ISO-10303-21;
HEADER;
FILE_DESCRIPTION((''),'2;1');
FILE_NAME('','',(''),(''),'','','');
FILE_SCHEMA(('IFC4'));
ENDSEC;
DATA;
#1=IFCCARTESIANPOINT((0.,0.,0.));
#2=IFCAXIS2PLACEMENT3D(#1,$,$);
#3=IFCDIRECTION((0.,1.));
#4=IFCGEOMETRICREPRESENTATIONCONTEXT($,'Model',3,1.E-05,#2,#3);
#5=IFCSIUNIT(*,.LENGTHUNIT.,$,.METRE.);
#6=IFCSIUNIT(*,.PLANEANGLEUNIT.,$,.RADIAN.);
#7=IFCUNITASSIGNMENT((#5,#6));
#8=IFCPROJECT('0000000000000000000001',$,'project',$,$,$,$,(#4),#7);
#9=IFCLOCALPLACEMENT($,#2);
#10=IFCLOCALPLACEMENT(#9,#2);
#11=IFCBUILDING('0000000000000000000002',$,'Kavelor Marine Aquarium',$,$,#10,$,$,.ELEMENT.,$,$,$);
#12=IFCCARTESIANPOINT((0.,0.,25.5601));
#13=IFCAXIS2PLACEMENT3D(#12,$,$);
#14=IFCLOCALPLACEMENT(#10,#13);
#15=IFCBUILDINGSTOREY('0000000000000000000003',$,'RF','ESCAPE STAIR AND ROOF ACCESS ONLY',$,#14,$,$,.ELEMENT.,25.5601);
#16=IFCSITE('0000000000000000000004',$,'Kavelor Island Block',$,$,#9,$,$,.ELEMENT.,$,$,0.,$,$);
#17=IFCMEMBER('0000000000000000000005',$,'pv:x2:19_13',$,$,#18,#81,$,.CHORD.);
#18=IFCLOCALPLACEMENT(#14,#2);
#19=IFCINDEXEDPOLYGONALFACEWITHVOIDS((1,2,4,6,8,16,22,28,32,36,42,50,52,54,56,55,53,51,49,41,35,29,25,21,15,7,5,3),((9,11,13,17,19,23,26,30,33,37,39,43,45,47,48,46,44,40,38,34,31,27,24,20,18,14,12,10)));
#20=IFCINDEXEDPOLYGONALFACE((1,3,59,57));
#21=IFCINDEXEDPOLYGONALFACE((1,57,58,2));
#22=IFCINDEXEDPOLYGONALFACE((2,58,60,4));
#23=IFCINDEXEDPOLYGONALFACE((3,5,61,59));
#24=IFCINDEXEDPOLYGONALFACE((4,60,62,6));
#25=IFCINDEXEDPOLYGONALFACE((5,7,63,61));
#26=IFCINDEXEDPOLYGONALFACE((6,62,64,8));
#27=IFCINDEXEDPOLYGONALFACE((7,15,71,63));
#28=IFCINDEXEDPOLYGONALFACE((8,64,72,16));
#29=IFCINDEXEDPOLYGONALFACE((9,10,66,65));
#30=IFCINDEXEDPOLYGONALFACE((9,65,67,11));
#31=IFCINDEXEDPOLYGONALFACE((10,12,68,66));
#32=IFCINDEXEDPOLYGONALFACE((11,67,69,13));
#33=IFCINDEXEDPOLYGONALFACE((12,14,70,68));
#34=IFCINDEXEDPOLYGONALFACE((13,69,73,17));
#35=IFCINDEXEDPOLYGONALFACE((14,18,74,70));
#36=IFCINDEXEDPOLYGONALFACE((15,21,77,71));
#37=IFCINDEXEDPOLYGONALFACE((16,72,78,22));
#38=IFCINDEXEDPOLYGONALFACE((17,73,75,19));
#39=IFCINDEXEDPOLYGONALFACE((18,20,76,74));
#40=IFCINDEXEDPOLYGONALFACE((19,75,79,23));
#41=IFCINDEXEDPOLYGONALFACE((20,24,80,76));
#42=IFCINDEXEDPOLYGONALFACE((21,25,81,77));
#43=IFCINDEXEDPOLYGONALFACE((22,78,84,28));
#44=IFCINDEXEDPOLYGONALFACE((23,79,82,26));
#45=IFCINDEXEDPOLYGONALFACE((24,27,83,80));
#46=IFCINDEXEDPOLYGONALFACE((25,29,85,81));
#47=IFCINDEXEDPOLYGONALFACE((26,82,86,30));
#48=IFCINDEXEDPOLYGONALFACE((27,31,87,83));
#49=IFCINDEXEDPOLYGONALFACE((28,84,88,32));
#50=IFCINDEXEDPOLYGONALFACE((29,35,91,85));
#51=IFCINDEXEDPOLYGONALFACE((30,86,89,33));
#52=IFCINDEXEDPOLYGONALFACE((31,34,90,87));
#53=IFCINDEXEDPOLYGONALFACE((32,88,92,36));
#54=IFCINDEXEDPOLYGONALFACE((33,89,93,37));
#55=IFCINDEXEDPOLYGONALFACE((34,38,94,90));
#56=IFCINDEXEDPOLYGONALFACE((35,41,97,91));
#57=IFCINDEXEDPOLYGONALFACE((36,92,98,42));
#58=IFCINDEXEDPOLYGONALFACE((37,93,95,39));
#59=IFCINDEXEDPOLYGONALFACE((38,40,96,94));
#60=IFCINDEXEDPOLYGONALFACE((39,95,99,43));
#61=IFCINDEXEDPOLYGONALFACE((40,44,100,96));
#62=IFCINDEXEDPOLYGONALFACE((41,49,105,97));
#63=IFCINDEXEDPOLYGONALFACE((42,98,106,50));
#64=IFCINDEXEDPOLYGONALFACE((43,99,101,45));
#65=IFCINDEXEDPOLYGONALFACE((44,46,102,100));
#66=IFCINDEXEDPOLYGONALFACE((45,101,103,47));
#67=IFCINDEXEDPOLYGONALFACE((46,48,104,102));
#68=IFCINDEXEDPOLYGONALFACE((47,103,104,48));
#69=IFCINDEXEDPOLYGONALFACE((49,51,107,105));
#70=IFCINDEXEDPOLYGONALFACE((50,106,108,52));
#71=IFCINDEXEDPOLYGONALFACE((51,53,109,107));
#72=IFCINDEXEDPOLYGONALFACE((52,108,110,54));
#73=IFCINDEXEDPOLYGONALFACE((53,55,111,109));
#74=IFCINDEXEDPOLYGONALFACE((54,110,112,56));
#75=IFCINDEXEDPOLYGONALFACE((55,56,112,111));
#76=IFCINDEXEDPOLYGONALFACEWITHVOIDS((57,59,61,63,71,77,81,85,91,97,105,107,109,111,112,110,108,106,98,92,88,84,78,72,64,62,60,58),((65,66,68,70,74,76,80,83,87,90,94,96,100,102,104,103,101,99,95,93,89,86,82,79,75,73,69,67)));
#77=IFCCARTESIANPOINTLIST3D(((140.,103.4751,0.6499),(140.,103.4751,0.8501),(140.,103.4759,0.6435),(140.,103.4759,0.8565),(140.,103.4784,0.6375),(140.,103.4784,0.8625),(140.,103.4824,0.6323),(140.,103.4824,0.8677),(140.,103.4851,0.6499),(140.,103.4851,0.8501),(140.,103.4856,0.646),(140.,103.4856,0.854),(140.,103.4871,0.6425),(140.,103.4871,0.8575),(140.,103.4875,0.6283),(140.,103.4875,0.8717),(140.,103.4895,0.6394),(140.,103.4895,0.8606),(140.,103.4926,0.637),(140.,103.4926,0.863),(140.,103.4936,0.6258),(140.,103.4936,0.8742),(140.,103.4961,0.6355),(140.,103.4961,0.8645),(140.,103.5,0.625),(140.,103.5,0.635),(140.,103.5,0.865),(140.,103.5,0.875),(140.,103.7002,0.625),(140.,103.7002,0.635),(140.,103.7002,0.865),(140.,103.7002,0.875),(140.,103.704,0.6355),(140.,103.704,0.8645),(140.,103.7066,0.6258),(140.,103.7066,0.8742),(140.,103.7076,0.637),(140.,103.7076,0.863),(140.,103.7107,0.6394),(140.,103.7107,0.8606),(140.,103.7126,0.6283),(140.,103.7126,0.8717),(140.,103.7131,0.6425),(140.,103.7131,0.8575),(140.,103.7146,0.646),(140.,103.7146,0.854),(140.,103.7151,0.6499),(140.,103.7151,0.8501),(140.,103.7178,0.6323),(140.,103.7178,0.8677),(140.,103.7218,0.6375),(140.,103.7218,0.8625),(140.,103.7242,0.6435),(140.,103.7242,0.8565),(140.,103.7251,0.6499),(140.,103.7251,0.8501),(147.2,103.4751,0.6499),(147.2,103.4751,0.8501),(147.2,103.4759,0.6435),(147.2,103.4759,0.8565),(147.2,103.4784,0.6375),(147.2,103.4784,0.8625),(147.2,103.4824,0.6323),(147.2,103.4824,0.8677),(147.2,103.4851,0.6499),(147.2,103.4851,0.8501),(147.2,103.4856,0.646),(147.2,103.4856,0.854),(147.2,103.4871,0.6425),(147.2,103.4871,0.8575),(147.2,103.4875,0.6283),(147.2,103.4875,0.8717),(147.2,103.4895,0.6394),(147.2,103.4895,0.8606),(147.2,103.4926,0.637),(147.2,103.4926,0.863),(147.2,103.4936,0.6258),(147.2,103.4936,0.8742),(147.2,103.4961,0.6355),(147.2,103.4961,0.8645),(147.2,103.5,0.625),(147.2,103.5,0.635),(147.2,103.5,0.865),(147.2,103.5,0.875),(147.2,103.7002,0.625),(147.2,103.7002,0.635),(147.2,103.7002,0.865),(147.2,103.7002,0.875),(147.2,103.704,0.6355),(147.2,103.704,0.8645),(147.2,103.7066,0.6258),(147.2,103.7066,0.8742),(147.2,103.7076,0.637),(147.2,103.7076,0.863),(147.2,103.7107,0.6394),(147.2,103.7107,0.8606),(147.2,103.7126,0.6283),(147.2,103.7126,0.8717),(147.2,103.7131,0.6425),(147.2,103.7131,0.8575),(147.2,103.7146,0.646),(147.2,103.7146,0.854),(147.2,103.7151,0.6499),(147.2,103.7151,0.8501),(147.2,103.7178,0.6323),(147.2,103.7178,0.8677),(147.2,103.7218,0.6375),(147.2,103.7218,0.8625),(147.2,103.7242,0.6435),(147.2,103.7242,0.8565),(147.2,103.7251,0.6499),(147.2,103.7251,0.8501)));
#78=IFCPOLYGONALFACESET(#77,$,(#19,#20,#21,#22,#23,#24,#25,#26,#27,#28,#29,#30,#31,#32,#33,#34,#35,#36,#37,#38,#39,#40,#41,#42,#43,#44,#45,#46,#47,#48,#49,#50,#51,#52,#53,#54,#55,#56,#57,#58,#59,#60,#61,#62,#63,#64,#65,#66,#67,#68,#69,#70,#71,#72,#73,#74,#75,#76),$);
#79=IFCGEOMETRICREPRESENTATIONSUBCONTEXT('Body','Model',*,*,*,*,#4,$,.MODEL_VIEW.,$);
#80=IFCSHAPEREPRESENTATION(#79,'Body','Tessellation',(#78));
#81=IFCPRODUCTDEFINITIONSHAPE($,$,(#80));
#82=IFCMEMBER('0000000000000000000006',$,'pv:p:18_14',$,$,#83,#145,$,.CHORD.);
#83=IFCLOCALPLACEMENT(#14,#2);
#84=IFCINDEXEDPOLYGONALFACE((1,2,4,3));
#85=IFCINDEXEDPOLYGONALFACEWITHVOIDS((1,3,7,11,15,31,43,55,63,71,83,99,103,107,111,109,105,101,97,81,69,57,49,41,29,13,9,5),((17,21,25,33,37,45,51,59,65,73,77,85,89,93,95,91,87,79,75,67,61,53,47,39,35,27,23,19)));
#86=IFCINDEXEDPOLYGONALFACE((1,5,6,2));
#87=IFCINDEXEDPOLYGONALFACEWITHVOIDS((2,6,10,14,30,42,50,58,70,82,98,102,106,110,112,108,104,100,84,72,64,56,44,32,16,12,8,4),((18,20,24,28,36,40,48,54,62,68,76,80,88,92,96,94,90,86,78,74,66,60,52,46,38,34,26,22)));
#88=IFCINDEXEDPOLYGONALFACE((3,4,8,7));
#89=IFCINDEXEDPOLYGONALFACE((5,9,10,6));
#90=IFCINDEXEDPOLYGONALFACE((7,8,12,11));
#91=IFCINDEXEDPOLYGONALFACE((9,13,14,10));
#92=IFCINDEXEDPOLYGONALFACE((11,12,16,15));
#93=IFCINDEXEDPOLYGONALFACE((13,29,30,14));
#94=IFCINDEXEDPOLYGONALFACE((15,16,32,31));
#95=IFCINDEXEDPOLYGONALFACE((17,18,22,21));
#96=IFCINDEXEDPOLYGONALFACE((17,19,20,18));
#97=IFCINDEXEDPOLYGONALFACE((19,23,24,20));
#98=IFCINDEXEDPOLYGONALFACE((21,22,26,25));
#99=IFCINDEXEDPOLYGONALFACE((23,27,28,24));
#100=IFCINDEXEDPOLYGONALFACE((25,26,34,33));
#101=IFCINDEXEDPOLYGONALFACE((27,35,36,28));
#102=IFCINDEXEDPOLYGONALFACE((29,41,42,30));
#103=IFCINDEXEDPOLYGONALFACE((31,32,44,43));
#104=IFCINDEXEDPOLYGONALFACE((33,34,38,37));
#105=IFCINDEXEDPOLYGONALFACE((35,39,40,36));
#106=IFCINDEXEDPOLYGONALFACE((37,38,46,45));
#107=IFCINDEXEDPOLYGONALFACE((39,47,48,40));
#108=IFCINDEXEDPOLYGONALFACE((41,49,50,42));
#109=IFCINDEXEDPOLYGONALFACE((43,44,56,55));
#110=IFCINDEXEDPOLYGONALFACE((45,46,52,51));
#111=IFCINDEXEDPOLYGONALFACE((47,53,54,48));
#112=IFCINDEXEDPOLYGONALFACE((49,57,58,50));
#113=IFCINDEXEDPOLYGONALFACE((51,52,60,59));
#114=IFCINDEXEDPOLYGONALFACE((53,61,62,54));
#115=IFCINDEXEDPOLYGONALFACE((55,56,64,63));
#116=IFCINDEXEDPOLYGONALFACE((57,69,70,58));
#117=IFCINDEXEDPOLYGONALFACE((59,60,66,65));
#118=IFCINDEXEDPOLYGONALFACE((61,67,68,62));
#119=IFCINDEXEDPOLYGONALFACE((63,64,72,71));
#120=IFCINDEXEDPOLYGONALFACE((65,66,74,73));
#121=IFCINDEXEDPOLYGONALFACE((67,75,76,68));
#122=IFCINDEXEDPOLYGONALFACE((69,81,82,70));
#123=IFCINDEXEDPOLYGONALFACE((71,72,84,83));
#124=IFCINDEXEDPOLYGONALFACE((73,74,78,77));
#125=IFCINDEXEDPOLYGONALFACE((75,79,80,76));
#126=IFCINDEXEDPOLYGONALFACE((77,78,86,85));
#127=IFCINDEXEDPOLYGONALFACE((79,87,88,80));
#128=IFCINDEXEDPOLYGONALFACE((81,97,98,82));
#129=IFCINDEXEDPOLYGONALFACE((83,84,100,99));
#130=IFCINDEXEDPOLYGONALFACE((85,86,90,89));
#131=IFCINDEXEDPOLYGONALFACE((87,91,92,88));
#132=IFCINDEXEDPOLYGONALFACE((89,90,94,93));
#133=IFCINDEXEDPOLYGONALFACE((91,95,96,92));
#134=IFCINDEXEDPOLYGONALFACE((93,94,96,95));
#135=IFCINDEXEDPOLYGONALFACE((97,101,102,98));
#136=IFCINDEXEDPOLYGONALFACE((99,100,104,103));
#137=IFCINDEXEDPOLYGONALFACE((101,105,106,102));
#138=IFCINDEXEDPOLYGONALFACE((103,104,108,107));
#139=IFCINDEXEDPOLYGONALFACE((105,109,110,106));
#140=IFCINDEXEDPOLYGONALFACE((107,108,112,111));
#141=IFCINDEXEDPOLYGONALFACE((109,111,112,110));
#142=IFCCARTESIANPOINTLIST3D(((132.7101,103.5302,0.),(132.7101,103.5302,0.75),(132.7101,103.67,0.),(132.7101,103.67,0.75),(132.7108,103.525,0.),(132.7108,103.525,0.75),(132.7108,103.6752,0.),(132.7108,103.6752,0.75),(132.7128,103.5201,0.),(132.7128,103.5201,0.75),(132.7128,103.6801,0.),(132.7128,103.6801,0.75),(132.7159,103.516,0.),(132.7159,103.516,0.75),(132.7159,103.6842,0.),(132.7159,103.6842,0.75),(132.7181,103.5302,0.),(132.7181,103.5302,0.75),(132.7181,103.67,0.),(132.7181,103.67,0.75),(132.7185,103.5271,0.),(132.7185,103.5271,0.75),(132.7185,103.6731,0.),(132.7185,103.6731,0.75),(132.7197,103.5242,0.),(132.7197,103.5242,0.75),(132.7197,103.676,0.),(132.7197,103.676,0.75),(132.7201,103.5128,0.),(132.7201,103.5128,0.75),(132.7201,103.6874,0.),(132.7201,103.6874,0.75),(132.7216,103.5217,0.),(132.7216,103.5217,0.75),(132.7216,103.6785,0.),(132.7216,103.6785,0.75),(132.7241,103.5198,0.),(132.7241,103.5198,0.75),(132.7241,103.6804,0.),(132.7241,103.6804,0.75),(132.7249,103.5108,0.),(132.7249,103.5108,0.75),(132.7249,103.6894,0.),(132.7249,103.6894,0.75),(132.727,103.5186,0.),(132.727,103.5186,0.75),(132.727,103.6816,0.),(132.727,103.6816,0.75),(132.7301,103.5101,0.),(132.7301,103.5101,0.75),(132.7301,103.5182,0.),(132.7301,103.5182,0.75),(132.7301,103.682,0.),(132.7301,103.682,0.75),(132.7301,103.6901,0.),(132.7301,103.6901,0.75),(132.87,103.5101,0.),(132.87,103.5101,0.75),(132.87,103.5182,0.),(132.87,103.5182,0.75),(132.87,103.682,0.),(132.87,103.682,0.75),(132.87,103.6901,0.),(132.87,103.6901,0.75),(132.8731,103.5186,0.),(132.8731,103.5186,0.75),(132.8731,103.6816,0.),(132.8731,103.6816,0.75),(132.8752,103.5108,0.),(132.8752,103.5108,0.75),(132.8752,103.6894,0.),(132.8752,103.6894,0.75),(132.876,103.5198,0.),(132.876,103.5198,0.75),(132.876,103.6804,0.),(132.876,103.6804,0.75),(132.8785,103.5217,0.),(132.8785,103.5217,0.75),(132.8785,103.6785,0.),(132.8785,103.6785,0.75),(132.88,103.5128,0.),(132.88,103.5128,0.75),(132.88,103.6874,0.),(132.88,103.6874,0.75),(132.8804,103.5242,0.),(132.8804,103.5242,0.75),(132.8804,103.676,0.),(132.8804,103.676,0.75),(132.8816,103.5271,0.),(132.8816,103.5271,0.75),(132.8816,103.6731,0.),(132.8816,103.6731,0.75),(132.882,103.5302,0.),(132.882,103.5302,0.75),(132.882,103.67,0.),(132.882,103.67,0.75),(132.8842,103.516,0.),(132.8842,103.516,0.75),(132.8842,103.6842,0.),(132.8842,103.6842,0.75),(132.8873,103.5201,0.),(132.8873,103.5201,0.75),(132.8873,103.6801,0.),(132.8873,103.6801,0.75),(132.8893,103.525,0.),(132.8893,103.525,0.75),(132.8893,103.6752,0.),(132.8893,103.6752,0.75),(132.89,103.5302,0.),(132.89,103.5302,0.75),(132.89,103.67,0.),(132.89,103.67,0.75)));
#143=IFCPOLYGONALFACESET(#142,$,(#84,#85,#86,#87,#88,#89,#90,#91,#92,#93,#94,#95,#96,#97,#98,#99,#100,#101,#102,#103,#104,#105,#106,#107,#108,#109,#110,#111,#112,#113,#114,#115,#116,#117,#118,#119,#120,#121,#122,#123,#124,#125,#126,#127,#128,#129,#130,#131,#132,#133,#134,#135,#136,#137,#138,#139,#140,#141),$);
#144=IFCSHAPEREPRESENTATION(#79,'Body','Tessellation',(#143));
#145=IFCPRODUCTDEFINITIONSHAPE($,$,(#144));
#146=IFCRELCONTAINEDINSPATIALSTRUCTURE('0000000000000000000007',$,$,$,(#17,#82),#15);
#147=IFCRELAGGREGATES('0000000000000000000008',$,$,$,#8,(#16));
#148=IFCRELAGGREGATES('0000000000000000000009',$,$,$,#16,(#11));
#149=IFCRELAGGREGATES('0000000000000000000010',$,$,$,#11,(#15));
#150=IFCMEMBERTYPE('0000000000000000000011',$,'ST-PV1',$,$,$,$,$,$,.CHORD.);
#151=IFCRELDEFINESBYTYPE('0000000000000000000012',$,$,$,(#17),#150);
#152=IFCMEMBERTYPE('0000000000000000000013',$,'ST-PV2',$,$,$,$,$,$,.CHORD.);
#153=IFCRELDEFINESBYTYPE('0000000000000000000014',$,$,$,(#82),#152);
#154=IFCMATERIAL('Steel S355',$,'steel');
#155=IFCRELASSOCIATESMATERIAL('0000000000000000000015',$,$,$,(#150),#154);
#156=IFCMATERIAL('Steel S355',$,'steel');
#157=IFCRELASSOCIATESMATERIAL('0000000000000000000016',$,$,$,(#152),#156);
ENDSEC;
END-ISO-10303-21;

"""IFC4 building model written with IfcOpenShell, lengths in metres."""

from ifc_helpers import new_model, si_unit, direction, frame, origin, origin_2d, place, context, subcontext, project, spatial, hollow_rectangle, extrude, material, material_profile, profile_set, type_object, element, save


model = new_model("IFC4")

# Units and contexts
model_context = context("Model", 3, precision=1e-05, world=origin(), true_north=direction((0.0, 1.0)))
body_context = subcontext(model_context, "Body", "Model", "MODEL_VIEW")
ifc_project = project(units=[si_unit("LENGTHUNIT", "METRE"), si_unit("PLANEANGLEUNIT", "RADIAN")], contexts=[model_context])

# Site, building, storey
site_placement = place(None, origin())
site = spatial("IfcSite", under=ifc_project, at=site_placement, Name="Kavelor Island Block", CompositionType="ELEMENT", RefElevation=0.0)
building_placement = place(site_placement, origin())
building = spatial("IfcBuilding", under=site, at=building_placement, Name="Kavelor Marine Aquarium", CompositionType="ELEMENT")
storey_placement = place(building_placement, frame((0.0, 0.0, 25.5601)))
storey = spatial("IfcBuildingStorey", under=building, at=storey_placement, Name="RF", Description="ESCAPE STAIR AND ROOF ACCESS ONLY", CompositionType="ELEMENT", Elevation=25.5601)

# Members
ifc_material_1 = material(Name="Steel S355", Category="steel")
ifc_material_profile_1 = material_profile(ifc_material_1, hollow_rectangle(XDim=0.25, YDim=0.25, WallThickness=0.01, InnerFilletRadius=0.0149, OuterFilletRadius=0.0249, at=origin_2d()), Name="SHS 250x250x10.0")
ifc_profile_set_1 = profile_set([ifc_material_profile_1], Name="Steel S355")
member_type_1 = type_object("IfcMemberType", Name="ST-PV1", PredefinedType="CHORD", material=ifc_profile_set_1)
for number, where, z_axis, x_axis, name in (
    (1, (140.0, 103.6001, 0.75), (1.0, 0.0, 0.0), (0.0, 1.0, 0.0), "pv:x2:19_13"),
):
    element("IfcMember", number, at=place(storey_placement, frame(where, z_axis=z_axis, x_axis=x_axis)), inside=storey, type_object=member_type_1, Name=name, PredefinedType="CHORD", context=body_context, shape_type="SweptSolid", body=[
        extrude(hollow_rectangle(XDim=0.25, YDim=0.25, WallThickness=0.01, InnerFilletRadius=0.0149, OuterFilletRadius=0.0249, at=origin_2d()), origin(), (0.0, 0.0, 1.0), 7.2),
    ])
ifc_material_2 = material(Name="Steel S355", Category="steel")
ifc_material_profile_2 = material_profile(ifc_material_2, hollow_rectangle(XDim=0.1799, YDim=0.1799, WallThickness=0.0081, InnerFilletRadius=0.012, OuterFilletRadius=0.02, at=origin_2d()), Name="SHS 180x180x8.0")
ifc_profile_set_2 = profile_set([ifc_material_profile_2], Name="Steel S355")
member_type_2 = type_object("IfcMemberType", Name="ST-PV2", PredefinedType="CHORD", material=ifc_profile_set_2)
for number, where, z_axis, x_axis, name in (
    (2, (132.8, 103.6001, 0.0), (0.0, 0.0, 1.0), (1.0, 0.0, 0.0), "pv:p:18_14"),
):
    element("IfcMember", number, at=place(storey_placement, frame(where, z_axis=z_axis, x_axis=x_axis)), inside=storey, type_object=member_type_2, Name=name, PredefinedType="CHORD", context=body_context, shape_type="SweptSolid", body=[
        extrude(hollow_rectangle(XDim=0.1799, YDim=0.1799, WallThickness=0.0081, InnerFilletRadius=0.012, OuterFilletRadius=0.02, at=origin_2d()), origin(), (0.0, 0.0, 1.0), 0.75),
    ])

save(model, "model.ifc")
